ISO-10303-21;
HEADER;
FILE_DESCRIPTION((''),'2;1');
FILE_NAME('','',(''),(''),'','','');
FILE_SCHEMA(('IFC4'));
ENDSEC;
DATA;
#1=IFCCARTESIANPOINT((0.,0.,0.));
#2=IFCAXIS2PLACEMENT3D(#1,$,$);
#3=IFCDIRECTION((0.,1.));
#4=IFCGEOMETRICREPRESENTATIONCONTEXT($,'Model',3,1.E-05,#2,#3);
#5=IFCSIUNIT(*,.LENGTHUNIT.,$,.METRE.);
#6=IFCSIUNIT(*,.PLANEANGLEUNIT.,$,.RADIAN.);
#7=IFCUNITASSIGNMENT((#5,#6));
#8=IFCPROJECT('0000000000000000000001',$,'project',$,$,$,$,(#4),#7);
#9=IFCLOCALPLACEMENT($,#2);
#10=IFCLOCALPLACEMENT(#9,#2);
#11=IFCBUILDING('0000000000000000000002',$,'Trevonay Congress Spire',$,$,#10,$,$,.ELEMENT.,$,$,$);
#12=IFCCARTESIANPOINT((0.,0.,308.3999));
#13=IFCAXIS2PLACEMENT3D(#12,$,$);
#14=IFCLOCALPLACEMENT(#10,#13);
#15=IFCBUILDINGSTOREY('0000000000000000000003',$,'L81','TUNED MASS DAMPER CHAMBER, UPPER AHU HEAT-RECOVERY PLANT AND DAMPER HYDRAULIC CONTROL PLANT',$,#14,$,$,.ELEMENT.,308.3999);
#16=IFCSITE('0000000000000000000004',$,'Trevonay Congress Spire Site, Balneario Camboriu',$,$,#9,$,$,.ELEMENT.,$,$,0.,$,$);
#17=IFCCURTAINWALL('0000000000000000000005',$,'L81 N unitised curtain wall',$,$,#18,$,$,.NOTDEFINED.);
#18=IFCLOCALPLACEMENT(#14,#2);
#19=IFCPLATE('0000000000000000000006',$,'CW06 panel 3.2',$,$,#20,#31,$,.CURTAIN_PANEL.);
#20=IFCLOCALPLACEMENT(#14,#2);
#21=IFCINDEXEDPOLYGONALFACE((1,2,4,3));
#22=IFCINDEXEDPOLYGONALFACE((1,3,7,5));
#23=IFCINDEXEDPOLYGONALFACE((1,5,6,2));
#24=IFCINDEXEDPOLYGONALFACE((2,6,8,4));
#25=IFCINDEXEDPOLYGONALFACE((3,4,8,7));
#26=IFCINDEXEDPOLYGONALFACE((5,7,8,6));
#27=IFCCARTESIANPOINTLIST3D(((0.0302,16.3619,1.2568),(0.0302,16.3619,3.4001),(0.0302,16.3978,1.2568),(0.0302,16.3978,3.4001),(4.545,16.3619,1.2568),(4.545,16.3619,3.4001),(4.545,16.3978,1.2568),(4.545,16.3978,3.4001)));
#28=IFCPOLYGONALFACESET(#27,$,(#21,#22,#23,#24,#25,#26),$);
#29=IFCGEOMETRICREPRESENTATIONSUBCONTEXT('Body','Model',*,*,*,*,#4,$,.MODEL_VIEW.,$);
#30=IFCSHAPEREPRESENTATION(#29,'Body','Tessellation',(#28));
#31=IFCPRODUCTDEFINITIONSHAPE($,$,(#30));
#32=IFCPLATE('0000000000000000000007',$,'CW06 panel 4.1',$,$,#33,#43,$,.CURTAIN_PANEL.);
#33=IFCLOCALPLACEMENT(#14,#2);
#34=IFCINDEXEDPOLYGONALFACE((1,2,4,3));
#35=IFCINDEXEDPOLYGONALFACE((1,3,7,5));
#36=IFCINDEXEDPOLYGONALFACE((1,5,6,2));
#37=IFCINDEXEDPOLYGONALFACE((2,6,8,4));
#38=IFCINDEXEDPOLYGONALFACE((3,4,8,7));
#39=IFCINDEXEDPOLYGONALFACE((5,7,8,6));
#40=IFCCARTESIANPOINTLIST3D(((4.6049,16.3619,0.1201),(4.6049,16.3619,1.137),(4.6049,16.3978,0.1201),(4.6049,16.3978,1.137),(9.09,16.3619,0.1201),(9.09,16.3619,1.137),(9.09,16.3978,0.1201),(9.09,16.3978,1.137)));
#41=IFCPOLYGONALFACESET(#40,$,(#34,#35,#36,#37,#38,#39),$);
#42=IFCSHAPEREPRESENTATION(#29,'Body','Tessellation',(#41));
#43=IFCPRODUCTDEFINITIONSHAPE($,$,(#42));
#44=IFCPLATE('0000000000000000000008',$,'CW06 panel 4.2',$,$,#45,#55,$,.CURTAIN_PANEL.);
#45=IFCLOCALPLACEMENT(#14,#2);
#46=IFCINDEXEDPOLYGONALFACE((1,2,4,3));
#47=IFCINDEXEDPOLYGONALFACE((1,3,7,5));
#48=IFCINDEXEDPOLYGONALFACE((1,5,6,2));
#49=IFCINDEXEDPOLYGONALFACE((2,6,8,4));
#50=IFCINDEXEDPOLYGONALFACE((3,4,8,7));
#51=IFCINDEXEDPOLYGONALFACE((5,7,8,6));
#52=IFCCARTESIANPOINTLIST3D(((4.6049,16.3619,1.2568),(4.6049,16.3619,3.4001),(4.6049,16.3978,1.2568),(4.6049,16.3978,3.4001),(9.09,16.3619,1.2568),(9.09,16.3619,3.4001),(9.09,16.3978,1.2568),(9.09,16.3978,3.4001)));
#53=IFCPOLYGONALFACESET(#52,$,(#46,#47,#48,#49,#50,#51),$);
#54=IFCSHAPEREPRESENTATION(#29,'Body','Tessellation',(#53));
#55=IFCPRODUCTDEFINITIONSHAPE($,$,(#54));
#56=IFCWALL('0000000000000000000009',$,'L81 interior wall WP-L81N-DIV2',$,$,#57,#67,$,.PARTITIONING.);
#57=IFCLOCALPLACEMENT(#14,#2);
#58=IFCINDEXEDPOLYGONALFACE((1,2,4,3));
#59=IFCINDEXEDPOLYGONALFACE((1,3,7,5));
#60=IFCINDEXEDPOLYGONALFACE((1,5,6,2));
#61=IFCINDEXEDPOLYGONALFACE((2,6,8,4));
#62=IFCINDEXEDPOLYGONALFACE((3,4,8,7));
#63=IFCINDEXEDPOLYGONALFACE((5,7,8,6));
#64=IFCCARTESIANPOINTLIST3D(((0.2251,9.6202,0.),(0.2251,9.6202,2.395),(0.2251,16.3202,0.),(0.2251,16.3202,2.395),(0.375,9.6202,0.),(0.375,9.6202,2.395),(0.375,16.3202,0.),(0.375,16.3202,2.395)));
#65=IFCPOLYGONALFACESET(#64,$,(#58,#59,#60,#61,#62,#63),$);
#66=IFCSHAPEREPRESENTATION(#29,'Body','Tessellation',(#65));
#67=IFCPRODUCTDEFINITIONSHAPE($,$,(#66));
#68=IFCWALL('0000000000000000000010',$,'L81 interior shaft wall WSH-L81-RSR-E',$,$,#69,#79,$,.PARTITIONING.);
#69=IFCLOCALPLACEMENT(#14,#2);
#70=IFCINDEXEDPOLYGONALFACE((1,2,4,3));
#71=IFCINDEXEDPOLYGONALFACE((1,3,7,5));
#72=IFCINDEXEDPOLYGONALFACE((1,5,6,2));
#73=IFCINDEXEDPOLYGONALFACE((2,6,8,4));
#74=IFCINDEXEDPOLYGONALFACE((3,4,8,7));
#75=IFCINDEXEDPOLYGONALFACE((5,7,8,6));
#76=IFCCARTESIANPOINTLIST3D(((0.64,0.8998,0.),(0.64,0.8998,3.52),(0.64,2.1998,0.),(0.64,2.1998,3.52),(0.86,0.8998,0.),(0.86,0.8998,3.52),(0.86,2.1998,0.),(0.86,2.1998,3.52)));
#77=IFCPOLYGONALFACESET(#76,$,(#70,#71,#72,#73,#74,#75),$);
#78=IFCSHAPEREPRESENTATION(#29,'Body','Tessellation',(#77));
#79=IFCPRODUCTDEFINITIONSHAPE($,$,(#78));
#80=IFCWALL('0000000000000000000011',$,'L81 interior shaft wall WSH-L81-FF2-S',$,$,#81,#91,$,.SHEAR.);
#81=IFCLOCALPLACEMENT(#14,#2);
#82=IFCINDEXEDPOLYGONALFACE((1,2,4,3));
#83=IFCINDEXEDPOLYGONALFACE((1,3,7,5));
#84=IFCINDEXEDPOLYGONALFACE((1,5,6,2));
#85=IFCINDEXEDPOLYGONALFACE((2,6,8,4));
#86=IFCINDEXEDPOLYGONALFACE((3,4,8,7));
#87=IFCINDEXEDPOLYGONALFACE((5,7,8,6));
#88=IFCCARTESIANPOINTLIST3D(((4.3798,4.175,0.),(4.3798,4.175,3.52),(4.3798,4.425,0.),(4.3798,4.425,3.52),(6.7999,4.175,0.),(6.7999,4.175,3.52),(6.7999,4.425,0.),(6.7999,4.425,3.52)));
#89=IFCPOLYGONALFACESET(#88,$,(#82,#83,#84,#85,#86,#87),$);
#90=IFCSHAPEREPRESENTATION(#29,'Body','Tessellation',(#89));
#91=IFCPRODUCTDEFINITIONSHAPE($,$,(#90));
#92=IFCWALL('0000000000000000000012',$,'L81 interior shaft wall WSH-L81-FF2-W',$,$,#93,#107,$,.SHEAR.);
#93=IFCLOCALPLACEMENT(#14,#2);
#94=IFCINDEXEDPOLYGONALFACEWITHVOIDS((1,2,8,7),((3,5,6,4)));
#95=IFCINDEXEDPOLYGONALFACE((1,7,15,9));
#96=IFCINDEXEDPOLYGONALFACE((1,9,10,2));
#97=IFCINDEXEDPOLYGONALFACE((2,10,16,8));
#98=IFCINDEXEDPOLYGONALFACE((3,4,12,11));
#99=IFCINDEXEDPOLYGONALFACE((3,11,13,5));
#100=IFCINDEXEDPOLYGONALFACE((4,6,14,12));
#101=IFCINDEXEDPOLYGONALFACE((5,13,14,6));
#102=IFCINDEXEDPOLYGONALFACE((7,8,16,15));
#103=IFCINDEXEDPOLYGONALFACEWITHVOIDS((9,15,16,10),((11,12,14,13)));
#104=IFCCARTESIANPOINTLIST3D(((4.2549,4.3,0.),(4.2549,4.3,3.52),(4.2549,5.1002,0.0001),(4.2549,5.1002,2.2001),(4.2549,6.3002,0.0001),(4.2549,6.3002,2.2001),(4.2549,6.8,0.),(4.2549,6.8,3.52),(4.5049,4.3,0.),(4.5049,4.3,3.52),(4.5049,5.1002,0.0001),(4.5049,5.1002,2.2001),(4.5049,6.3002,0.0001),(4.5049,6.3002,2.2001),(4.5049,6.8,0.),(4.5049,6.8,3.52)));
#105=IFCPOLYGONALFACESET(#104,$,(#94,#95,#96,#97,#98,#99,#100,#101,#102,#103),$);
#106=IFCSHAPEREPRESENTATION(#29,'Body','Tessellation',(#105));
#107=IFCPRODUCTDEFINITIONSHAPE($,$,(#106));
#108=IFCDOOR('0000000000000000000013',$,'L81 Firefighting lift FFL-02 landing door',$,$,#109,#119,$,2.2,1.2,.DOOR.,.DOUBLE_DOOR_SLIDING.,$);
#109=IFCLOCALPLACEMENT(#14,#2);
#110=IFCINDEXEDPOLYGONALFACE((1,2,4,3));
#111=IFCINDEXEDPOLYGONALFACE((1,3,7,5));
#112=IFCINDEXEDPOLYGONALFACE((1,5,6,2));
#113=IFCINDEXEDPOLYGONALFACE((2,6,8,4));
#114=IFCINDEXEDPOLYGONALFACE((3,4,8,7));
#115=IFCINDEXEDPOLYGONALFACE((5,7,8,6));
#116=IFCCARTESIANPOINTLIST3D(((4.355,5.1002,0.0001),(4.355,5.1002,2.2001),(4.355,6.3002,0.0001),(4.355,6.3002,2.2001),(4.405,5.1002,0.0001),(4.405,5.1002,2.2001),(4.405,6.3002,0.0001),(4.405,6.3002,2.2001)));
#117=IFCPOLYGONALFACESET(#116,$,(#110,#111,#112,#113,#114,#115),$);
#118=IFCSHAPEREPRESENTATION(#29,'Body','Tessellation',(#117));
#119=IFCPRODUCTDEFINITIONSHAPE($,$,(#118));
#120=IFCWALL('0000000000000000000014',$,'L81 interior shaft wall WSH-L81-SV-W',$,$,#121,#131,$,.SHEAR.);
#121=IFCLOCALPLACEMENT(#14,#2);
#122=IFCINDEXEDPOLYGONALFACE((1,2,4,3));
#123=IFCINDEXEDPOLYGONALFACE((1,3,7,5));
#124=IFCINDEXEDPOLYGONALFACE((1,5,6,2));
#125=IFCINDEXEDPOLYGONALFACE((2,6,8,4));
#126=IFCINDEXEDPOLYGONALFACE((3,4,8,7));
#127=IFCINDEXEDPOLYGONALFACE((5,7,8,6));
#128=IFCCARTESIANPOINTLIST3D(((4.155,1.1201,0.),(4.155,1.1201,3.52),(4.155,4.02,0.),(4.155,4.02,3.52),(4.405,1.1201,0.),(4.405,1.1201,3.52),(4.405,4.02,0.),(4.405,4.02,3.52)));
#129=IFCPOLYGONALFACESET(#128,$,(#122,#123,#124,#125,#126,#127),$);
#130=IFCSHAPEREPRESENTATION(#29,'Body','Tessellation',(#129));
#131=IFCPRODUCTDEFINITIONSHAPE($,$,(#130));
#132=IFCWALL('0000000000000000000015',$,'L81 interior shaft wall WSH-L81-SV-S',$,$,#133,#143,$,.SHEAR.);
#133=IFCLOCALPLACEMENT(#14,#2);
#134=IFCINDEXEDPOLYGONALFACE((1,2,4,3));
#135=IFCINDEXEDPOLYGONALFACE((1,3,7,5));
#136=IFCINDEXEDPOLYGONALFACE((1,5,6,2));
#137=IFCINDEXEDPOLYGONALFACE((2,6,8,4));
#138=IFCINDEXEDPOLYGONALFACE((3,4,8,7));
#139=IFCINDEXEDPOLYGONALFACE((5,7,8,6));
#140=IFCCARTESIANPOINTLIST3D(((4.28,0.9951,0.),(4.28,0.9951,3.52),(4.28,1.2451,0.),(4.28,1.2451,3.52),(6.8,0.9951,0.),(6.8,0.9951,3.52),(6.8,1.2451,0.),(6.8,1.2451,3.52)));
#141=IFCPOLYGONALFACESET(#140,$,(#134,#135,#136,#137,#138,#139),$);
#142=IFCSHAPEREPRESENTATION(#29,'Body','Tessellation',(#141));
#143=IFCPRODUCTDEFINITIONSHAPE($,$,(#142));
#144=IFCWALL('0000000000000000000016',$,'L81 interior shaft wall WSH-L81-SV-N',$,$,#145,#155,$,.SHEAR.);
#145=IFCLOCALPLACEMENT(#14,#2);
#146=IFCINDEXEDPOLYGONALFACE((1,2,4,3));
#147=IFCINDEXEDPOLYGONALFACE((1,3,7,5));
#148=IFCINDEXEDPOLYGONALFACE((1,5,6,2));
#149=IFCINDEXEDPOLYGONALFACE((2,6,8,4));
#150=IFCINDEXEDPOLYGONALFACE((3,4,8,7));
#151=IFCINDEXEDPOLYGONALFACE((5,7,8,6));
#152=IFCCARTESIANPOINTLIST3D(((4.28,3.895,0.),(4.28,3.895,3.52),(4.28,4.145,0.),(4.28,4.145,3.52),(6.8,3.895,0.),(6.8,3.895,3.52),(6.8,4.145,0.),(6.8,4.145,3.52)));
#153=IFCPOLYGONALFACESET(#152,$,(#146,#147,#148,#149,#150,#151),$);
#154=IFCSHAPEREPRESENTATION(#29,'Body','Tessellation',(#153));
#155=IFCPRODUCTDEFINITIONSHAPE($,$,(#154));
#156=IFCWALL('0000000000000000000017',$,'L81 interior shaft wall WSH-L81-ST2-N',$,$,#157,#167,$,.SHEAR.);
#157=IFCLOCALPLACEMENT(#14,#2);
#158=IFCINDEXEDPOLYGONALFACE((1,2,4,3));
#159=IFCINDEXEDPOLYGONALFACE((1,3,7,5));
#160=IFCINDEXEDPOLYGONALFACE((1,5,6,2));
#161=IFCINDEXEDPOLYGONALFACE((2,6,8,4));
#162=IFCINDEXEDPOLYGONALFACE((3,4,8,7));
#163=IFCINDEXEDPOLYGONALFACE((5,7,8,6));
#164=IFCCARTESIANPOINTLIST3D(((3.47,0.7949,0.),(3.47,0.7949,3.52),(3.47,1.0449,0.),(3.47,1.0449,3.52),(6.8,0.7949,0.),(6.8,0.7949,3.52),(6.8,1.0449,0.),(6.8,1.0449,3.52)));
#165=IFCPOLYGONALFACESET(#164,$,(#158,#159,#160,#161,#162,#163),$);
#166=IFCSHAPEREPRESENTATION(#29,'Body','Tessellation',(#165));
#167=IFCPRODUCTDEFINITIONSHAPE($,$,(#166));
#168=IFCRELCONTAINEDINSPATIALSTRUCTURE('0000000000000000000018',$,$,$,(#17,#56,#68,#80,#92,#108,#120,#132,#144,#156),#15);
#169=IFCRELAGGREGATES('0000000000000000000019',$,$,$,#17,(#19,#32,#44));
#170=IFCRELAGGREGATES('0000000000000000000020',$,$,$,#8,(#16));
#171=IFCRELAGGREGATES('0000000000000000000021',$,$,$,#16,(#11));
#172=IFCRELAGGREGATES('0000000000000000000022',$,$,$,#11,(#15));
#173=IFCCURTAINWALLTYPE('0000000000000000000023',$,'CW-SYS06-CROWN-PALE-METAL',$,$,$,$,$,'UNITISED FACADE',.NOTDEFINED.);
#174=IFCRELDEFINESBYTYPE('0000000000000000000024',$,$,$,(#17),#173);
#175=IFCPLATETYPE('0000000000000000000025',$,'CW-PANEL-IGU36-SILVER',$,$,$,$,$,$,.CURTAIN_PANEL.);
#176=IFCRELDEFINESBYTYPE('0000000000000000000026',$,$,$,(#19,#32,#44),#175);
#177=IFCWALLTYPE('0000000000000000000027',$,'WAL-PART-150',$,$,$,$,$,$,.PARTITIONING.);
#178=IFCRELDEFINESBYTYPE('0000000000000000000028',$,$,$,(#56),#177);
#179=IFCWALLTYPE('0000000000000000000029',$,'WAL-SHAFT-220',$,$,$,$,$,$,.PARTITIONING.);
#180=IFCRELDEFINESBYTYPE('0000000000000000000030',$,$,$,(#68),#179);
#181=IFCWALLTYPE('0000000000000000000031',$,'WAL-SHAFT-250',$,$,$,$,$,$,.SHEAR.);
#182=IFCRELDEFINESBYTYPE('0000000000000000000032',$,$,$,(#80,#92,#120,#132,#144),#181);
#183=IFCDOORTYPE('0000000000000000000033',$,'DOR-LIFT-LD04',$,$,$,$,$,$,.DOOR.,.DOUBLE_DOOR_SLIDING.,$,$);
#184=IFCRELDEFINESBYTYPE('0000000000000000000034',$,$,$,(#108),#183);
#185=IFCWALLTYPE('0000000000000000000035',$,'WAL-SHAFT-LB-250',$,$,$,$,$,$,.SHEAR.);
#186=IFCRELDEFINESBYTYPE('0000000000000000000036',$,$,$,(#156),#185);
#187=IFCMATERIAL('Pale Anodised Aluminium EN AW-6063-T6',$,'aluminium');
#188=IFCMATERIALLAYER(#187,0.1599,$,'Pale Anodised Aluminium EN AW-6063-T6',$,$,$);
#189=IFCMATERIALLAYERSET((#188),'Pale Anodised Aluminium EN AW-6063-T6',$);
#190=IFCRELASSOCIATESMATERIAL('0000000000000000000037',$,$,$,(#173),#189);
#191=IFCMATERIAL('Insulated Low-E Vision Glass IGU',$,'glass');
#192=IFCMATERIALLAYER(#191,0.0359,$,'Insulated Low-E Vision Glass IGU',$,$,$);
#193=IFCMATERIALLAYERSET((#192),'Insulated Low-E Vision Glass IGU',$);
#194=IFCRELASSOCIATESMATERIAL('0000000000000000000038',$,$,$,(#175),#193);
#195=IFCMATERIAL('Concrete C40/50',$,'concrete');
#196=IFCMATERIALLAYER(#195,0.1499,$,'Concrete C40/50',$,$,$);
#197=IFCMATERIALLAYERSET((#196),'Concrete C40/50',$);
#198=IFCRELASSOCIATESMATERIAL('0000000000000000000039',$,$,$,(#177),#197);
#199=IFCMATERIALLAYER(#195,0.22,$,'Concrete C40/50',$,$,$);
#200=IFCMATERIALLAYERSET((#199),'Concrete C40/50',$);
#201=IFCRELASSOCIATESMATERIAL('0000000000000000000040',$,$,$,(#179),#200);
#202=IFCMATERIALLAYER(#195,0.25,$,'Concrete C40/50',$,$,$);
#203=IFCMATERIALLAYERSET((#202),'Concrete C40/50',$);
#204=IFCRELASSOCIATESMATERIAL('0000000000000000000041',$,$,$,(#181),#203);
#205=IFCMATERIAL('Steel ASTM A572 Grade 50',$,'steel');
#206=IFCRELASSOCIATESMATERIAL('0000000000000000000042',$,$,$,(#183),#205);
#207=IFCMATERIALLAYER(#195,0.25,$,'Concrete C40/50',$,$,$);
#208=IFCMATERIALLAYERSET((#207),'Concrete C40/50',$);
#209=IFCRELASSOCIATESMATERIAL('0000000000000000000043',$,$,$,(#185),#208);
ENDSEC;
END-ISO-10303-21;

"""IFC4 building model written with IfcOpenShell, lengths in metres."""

from ifc_helpers import new_model, si_unit, direction, frame, frame_2d, origin, origin_2d, place, context, subcontext, project, spatial, rectangle, extrude, material, layer, layer_set, type_object, element, fill, aggregate, save


model = new_model("IFC4")

# Units and contexts
model_context = context("Model", 3, precision=1e-05, world=origin(), true_north=direction((0.0, 1.0)))
body_context = subcontext(model_context, "Body", "Model", "MODEL_VIEW")
ifc_project = project(units=[si_unit("LENGTHUNIT", "METRE"), si_unit("PLANEANGLEUNIT", "RADIAN")], contexts=[model_context])

# Site, building, storey
site_placement = place(None, origin())
site = spatial("IfcSite", under=ifc_project, at=site_placement, Name="Trevonay Congress Spire Site, Balneario Camboriu", CompositionType="ELEMENT", RefElevation=0.0)
building_placement = place(site_placement, origin())
building = spatial("IfcBuilding", under=site, at=building_placement, Name="Trevonay Congress Spire", CompositionType="ELEMENT")
storey_placement = place(building_placement, frame((0.0, 0.0, 308.3999)))
storey = spatial("IfcBuildingStorey", under=building, at=storey_placement, Name="L81", Description="TUNED MASS DAMPER CHAMBER, UPPER AHU HEAT-RECOVERY PLANT AND DAMPER HYDRAULIC CONTROL PLANT", CompositionType="ELEMENT", Elevation=308.3999)

# Shared definitions
ifc_material_1 = material(Name="Steel ASTM A572 Grade 50", Category="steel")

# Curtain wall, plates
ifc_material_2 = material(Name="Pale Anodised Aluminium EN AW-6063-T6", Category="aluminium")
ifc_layer_1 = layer(ifc_material_2, 0.1599, Name="Pale Anodised Aluminium EN AW-6063-T6")
ifc_layer_set_1 = layer_set([ifc_layer_1], Name="Pale Anodised Aluminium EN AW-6063-T6")
curtain_wall_type = type_object("IfcCurtainWallType", Name="CW-SYS06-CROWN-PALE-METAL", ElementType="UNITISED FACADE", PredefinedType="NOTDEFINED", material=ifc_layer_set_1)
curtain_wall_placement = place(storey_placement, origin())
curtain_wall = element("IfcCurtainWall", 1, at=curtain_wall_placement, inside=storey, type_object=curtain_wall_type, Name="L81 N unitised curtain wall", PredefinedType="NOTDEFINED")
ifc_material_3 = material(Name="Insulated Low-E Vision Glass IGU", Category="glass")
ifc_layer_2 = layer(ifc_material_3, 0.0359, Name="Insulated Low-E Vision Glass IGU")
ifc_layer_set_2 = layer_set([ifc_layer_2], Name="Insulated Low-E Vision Glass IGU")
plate_type = type_object("IfcPlateType", Name="CW-PANEL-IGU36-SILVER", PredefinedType="CURTAIN_PANEL", material=ifc_layer_set_2)
plate_1_placement = place(storey_placement, frame((2.2876, 16.3799, 1.2568), z_axis=(0.0, 0.0, 1.0), x_axis=(1.0, 0.0, 0.0)))
plate_1 = element("IfcPlate", 2, at=plate_1_placement, type_object=plate_type, Name="CW06 panel 3.2", PredefinedType="CURTAIN_PANEL", context=body_context, shape_type="SweptSolid", body=[
    extrude(rectangle(XDim=4.5149, YDim=0.0359, at=origin_2d()), origin(), (0.0, 0.0, 1.0), 2.1433),
])
plate_2_placement = place(storey_placement, frame((6.8474, 16.3799, 0.1201), z_axis=(0.0, 0.0, 1.0), x_axis=(1.0, 0.0, 0.0)))
plate_2 = element("IfcPlate", 3, at=plate_2_placement, type_object=plate_type, Name="CW06 panel 4.1", PredefinedType="CURTAIN_PANEL", context=body_context, shape_type="SweptSolid", body=[
    extrude(rectangle(XDim=4.4851, YDim=0.0359, at=origin_2d()), origin(), (0.0, 0.0, 1.0), 1.0168),
])
plate_3_placement = place(storey_placement, frame((6.8474, 16.3799, 1.2568), z_axis=(0.0, 0.0, 1.0), x_axis=(1.0, 0.0, 0.0)))
plate_3 = element("IfcPlate", 4, at=plate_3_placement, type_object=plate_type, Name="CW06 panel 4.2", PredefinedType="CURTAIN_PANEL", context=body_context, shape_type="SweptSolid", body=[
    extrude(rectangle(XDim=4.4851, YDim=0.0359, at=origin_2d()), origin(), (0.0, 0.0, 1.0), 2.1433),
])
aggregate(curtain_wall, [plate_1, plate_2, plate_3])

# Walls
ifc_material_4 = material(Name="Concrete C40/50", Category="concrete")
ifc_layer_3 = layer(ifc_material_4, 0.1499, Name="Concrete C40/50")
ifc_layer_set_3 = layer_set([ifc_layer_3], Name="Concrete C40/50")
wall_type_1 = type_object("IfcWallType", Name="WAL-PART-150", PredefinedType="PARTITIONING", material=ifc_layer_set_3)
wall_1_placement = place(storey_placement, frame((0.3, 9.6201, 0.0), z_axis=(0.0, 0.0, 1.0), x_axis=(0.0, 1.0, 0.0)))
element("IfcWall", 5, at=wall_1_placement, inside=storey, type_object=wall_type_1, Name="L81 interior wall WP-L81N-DIV2", PredefinedType="PARTITIONING", context=body_context, shape_type="SweptSolid", body=[
    extrude(rectangle(XDim=6.7, YDim=0.1499, at=frame_2d((3.3501, 0.0))), origin(), (0.0, 0.0, 1.0), 2.395),
])
ifc_layer_4 = layer(ifc_material_4, 0.22, Name="Concrete C40/50")
ifc_layer_set_4 = layer_set([ifc_layer_4], Name="Concrete C40/50")
wall_type_2 = type_object("IfcWallType", Name="WAL-SHAFT-220", PredefinedType="PARTITIONING", material=ifc_layer_set_4)
wall_2_placement = place(storey_placement, frame((0.75, 0.8999, 0.0), z_axis=(0.0, 0.0, 1.0), x_axis=(0.0, 1.0, 0.0)))
element("IfcWall", 6, at=wall_2_placement, inside=storey, type_object=wall_type_2, Name="L81 interior shaft wall WSH-L81-RSR-E", PredefinedType="PARTITIONING", context=body_context, shape_type="SweptSolid", body=[
    extrude(rectangle(XDim=1.3, YDim=0.22, at=frame_2d((0.6499, 0.0))), origin(), (0.0, 0.0, 1.0), 3.52),
])
ifc_layer_5 = layer(ifc_material_4, 0.25, Name="Concrete C40/50")
ifc_layer_set_5 = layer_set([ifc_layer_5], Name="Concrete C40/50")
wall_type_3 = type_object("IfcWallType", Name="WAL-SHAFT-250", PredefinedType="SHEAR", material=ifc_layer_set_5)
wall_3_placement = place(storey_placement, frame((4.3799, 4.3, 0.0), z_axis=(0.0, 0.0, 1.0), x_axis=(1.0, 0.0, 0.0)))
element("IfcWall", 7, at=wall_3_placement, inside=storey, type_object=wall_type_3, Name="L81 interior shaft wall WSH-L81-FF2-S", PredefinedType="SHEAR", context=body_context, shape_type="SweptSolid", body=[
    extrude(rectangle(XDim=2.4202, YDim=0.25, at=frame_2d((1.21, 0.0))), origin(), (0.0, 0.0, 1.0), 3.52),
])

# Wall, opening, door
wall_4_placement = place(storey_placement, frame((4.3799, 4.3, 0.0), z_axis=(0.0, 0.0, 1.0), x_axis=(0.0, 1.0, 0.0)))
wall_4 = element("IfcWall", 8, at=wall_4_placement, inside=storey, type_object=wall_type_3, Name="L81 interior shaft wall WSH-L81-FF2-W", PredefinedType="SHEAR", context=body_context, shape_type="SweptSolid", body=[
    extrude(rectangle(XDim=2.5, YDim=0.25, at=frame_2d((1.25, 0.0))), origin(), (0.0, 0.0, 1.0), 3.52),
])
opening_placement = place(wall_4_placement, frame((0.8, 0.0, 0.0)))
opening = element("IfcOpeningElement", 9, at=opening_placement, cuts=wall_4, PredefinedType="OPENING", context=body_context, shape_type="SweptSolid", body=[
    extrude(rectangle(XDim=1.2, YDim=2.2, at=frame_2d((0.6001, 1.1001))), frame((0.0, 0.135, 0.0), z_axis=(0.0, -1.0, 0.0), x_axis=(1.0, 0.0, 0.0)), (0.0, 0.0, 1.0), 0.27),
])
door_type = type_object("IfcDoorType", Name="DOR-LIFT-LD04", OperationType="DOUBLE_DOOR_SLIDING", PredefinedType="DOOR", material=ifc_material_1)
door_placement = place(opening_placement, origin())
door = element("IfcDoor", 10, at=door_placement, inside=storey, type_object=door_type, Name="L81 Firefighting lift FFL-02 landing door", OperationType="DOUBLE_DOOR_SLIDING", OverallHeight=2.2, OverallWidth=1.2, PredefinedType="DOOR", context=body_context, shape_type="SweptSolid", body=[
    extrude(rectangle(XDim=1.2, YDim=2.2, at=frame_2d((0.6001, 1.1001))), frame((0.0, 0.0249, 0.0), z_axis=(0.0, -1.0, 0.0), x_axis=(1.0, 0.0, 0.0)), (0.0, 0.0, 1.0), 0.05),
])
fill(opening, door)

# Walls
wall_5_placement = place(storey_placement, frame((4.28, 1.1201, 0.0), z_axis=(0.0, 0.0, 1.0), x_axis=(0.0, 1.0, 0.0)))
element("IfcWall", 11, at=wall_5_placement, inside=storey, type_object=wall_type_3, Name="L81 interior shaft wall WSH-L81-SV-W", PredefinedType="SHEAR", context=body_context, shape_type="SweptSolid", body=[
    extrude(rectangle(XDim=2.8999, YDim=0.25, at=frame_2d((1.45, 0.0))), origin(), (0.0, 0.0, 1.0), 3.52),
])
for number, where, z_axis, x_axis, name in (
    (12, (4.28, 1.1201, 0.0), (0.0, 0.0, 1.0), (1.0, 0.0, 0.0), "L81 interior shaft wall WSH-L81-SV-S"),
    (13, (4.28, 4.02, 0.0), (0.0, 0.0, 1.0), (1.0, 0.0, 0.0), "L81 interior shaft wall WSH-L81-SV-N"),
):
    element("IfcWall", number, at=place(storey_placement, frame(where, z_axis=z_axis, x_axis=x_axis)), inside=storey, type_object=wall_type_3, Name=name, PredefinedType="SHEAR", context=body_context, shape_type="SweptSolid", body=[
        extrude(rectangle(XDim=2.52, YDim=0.25, at=frame_2d((1.26, 0.0))), origin(), (0.0, 0.0, 1.0), 3.52),
    ])
ifc_layer_6 = layer(ifc_material_4, 0.25, Name="Concrete C40/50")
ifc_layer_set_6 = layer_set([ifc_layer_6], Name="Concrete C40/50")
wall_type_4 = type_object("IfcWallType", Name="WAL-SHAFT-LB-250", PredefinedType="SHEAR", material=ifc_layer_set_6)
wall_6_placement = place(storey_placement, frame((3.47, 0.9199, 0.0), z_axis=(0.0, 0.0, 1.0), x_axis=(1.0, 0.0, 0.0)))
element("IfcWall", 14, at=wall_6_placement, inside=storey, type_object=wall_type_4, Name="L81 interior shaft wall WSH-L81-ST2-N", PredefinedType="SHEAR", context=body_context, shape_type="SweptSolid", body=[
    extrude(rectangle(XDim=3.3301, YDim=0.25, at=frame_2d((1.665, 0.0))), origin(), (0.0, 0.0, 1.0), 3.52),
])

save(model, "model.ifc")
